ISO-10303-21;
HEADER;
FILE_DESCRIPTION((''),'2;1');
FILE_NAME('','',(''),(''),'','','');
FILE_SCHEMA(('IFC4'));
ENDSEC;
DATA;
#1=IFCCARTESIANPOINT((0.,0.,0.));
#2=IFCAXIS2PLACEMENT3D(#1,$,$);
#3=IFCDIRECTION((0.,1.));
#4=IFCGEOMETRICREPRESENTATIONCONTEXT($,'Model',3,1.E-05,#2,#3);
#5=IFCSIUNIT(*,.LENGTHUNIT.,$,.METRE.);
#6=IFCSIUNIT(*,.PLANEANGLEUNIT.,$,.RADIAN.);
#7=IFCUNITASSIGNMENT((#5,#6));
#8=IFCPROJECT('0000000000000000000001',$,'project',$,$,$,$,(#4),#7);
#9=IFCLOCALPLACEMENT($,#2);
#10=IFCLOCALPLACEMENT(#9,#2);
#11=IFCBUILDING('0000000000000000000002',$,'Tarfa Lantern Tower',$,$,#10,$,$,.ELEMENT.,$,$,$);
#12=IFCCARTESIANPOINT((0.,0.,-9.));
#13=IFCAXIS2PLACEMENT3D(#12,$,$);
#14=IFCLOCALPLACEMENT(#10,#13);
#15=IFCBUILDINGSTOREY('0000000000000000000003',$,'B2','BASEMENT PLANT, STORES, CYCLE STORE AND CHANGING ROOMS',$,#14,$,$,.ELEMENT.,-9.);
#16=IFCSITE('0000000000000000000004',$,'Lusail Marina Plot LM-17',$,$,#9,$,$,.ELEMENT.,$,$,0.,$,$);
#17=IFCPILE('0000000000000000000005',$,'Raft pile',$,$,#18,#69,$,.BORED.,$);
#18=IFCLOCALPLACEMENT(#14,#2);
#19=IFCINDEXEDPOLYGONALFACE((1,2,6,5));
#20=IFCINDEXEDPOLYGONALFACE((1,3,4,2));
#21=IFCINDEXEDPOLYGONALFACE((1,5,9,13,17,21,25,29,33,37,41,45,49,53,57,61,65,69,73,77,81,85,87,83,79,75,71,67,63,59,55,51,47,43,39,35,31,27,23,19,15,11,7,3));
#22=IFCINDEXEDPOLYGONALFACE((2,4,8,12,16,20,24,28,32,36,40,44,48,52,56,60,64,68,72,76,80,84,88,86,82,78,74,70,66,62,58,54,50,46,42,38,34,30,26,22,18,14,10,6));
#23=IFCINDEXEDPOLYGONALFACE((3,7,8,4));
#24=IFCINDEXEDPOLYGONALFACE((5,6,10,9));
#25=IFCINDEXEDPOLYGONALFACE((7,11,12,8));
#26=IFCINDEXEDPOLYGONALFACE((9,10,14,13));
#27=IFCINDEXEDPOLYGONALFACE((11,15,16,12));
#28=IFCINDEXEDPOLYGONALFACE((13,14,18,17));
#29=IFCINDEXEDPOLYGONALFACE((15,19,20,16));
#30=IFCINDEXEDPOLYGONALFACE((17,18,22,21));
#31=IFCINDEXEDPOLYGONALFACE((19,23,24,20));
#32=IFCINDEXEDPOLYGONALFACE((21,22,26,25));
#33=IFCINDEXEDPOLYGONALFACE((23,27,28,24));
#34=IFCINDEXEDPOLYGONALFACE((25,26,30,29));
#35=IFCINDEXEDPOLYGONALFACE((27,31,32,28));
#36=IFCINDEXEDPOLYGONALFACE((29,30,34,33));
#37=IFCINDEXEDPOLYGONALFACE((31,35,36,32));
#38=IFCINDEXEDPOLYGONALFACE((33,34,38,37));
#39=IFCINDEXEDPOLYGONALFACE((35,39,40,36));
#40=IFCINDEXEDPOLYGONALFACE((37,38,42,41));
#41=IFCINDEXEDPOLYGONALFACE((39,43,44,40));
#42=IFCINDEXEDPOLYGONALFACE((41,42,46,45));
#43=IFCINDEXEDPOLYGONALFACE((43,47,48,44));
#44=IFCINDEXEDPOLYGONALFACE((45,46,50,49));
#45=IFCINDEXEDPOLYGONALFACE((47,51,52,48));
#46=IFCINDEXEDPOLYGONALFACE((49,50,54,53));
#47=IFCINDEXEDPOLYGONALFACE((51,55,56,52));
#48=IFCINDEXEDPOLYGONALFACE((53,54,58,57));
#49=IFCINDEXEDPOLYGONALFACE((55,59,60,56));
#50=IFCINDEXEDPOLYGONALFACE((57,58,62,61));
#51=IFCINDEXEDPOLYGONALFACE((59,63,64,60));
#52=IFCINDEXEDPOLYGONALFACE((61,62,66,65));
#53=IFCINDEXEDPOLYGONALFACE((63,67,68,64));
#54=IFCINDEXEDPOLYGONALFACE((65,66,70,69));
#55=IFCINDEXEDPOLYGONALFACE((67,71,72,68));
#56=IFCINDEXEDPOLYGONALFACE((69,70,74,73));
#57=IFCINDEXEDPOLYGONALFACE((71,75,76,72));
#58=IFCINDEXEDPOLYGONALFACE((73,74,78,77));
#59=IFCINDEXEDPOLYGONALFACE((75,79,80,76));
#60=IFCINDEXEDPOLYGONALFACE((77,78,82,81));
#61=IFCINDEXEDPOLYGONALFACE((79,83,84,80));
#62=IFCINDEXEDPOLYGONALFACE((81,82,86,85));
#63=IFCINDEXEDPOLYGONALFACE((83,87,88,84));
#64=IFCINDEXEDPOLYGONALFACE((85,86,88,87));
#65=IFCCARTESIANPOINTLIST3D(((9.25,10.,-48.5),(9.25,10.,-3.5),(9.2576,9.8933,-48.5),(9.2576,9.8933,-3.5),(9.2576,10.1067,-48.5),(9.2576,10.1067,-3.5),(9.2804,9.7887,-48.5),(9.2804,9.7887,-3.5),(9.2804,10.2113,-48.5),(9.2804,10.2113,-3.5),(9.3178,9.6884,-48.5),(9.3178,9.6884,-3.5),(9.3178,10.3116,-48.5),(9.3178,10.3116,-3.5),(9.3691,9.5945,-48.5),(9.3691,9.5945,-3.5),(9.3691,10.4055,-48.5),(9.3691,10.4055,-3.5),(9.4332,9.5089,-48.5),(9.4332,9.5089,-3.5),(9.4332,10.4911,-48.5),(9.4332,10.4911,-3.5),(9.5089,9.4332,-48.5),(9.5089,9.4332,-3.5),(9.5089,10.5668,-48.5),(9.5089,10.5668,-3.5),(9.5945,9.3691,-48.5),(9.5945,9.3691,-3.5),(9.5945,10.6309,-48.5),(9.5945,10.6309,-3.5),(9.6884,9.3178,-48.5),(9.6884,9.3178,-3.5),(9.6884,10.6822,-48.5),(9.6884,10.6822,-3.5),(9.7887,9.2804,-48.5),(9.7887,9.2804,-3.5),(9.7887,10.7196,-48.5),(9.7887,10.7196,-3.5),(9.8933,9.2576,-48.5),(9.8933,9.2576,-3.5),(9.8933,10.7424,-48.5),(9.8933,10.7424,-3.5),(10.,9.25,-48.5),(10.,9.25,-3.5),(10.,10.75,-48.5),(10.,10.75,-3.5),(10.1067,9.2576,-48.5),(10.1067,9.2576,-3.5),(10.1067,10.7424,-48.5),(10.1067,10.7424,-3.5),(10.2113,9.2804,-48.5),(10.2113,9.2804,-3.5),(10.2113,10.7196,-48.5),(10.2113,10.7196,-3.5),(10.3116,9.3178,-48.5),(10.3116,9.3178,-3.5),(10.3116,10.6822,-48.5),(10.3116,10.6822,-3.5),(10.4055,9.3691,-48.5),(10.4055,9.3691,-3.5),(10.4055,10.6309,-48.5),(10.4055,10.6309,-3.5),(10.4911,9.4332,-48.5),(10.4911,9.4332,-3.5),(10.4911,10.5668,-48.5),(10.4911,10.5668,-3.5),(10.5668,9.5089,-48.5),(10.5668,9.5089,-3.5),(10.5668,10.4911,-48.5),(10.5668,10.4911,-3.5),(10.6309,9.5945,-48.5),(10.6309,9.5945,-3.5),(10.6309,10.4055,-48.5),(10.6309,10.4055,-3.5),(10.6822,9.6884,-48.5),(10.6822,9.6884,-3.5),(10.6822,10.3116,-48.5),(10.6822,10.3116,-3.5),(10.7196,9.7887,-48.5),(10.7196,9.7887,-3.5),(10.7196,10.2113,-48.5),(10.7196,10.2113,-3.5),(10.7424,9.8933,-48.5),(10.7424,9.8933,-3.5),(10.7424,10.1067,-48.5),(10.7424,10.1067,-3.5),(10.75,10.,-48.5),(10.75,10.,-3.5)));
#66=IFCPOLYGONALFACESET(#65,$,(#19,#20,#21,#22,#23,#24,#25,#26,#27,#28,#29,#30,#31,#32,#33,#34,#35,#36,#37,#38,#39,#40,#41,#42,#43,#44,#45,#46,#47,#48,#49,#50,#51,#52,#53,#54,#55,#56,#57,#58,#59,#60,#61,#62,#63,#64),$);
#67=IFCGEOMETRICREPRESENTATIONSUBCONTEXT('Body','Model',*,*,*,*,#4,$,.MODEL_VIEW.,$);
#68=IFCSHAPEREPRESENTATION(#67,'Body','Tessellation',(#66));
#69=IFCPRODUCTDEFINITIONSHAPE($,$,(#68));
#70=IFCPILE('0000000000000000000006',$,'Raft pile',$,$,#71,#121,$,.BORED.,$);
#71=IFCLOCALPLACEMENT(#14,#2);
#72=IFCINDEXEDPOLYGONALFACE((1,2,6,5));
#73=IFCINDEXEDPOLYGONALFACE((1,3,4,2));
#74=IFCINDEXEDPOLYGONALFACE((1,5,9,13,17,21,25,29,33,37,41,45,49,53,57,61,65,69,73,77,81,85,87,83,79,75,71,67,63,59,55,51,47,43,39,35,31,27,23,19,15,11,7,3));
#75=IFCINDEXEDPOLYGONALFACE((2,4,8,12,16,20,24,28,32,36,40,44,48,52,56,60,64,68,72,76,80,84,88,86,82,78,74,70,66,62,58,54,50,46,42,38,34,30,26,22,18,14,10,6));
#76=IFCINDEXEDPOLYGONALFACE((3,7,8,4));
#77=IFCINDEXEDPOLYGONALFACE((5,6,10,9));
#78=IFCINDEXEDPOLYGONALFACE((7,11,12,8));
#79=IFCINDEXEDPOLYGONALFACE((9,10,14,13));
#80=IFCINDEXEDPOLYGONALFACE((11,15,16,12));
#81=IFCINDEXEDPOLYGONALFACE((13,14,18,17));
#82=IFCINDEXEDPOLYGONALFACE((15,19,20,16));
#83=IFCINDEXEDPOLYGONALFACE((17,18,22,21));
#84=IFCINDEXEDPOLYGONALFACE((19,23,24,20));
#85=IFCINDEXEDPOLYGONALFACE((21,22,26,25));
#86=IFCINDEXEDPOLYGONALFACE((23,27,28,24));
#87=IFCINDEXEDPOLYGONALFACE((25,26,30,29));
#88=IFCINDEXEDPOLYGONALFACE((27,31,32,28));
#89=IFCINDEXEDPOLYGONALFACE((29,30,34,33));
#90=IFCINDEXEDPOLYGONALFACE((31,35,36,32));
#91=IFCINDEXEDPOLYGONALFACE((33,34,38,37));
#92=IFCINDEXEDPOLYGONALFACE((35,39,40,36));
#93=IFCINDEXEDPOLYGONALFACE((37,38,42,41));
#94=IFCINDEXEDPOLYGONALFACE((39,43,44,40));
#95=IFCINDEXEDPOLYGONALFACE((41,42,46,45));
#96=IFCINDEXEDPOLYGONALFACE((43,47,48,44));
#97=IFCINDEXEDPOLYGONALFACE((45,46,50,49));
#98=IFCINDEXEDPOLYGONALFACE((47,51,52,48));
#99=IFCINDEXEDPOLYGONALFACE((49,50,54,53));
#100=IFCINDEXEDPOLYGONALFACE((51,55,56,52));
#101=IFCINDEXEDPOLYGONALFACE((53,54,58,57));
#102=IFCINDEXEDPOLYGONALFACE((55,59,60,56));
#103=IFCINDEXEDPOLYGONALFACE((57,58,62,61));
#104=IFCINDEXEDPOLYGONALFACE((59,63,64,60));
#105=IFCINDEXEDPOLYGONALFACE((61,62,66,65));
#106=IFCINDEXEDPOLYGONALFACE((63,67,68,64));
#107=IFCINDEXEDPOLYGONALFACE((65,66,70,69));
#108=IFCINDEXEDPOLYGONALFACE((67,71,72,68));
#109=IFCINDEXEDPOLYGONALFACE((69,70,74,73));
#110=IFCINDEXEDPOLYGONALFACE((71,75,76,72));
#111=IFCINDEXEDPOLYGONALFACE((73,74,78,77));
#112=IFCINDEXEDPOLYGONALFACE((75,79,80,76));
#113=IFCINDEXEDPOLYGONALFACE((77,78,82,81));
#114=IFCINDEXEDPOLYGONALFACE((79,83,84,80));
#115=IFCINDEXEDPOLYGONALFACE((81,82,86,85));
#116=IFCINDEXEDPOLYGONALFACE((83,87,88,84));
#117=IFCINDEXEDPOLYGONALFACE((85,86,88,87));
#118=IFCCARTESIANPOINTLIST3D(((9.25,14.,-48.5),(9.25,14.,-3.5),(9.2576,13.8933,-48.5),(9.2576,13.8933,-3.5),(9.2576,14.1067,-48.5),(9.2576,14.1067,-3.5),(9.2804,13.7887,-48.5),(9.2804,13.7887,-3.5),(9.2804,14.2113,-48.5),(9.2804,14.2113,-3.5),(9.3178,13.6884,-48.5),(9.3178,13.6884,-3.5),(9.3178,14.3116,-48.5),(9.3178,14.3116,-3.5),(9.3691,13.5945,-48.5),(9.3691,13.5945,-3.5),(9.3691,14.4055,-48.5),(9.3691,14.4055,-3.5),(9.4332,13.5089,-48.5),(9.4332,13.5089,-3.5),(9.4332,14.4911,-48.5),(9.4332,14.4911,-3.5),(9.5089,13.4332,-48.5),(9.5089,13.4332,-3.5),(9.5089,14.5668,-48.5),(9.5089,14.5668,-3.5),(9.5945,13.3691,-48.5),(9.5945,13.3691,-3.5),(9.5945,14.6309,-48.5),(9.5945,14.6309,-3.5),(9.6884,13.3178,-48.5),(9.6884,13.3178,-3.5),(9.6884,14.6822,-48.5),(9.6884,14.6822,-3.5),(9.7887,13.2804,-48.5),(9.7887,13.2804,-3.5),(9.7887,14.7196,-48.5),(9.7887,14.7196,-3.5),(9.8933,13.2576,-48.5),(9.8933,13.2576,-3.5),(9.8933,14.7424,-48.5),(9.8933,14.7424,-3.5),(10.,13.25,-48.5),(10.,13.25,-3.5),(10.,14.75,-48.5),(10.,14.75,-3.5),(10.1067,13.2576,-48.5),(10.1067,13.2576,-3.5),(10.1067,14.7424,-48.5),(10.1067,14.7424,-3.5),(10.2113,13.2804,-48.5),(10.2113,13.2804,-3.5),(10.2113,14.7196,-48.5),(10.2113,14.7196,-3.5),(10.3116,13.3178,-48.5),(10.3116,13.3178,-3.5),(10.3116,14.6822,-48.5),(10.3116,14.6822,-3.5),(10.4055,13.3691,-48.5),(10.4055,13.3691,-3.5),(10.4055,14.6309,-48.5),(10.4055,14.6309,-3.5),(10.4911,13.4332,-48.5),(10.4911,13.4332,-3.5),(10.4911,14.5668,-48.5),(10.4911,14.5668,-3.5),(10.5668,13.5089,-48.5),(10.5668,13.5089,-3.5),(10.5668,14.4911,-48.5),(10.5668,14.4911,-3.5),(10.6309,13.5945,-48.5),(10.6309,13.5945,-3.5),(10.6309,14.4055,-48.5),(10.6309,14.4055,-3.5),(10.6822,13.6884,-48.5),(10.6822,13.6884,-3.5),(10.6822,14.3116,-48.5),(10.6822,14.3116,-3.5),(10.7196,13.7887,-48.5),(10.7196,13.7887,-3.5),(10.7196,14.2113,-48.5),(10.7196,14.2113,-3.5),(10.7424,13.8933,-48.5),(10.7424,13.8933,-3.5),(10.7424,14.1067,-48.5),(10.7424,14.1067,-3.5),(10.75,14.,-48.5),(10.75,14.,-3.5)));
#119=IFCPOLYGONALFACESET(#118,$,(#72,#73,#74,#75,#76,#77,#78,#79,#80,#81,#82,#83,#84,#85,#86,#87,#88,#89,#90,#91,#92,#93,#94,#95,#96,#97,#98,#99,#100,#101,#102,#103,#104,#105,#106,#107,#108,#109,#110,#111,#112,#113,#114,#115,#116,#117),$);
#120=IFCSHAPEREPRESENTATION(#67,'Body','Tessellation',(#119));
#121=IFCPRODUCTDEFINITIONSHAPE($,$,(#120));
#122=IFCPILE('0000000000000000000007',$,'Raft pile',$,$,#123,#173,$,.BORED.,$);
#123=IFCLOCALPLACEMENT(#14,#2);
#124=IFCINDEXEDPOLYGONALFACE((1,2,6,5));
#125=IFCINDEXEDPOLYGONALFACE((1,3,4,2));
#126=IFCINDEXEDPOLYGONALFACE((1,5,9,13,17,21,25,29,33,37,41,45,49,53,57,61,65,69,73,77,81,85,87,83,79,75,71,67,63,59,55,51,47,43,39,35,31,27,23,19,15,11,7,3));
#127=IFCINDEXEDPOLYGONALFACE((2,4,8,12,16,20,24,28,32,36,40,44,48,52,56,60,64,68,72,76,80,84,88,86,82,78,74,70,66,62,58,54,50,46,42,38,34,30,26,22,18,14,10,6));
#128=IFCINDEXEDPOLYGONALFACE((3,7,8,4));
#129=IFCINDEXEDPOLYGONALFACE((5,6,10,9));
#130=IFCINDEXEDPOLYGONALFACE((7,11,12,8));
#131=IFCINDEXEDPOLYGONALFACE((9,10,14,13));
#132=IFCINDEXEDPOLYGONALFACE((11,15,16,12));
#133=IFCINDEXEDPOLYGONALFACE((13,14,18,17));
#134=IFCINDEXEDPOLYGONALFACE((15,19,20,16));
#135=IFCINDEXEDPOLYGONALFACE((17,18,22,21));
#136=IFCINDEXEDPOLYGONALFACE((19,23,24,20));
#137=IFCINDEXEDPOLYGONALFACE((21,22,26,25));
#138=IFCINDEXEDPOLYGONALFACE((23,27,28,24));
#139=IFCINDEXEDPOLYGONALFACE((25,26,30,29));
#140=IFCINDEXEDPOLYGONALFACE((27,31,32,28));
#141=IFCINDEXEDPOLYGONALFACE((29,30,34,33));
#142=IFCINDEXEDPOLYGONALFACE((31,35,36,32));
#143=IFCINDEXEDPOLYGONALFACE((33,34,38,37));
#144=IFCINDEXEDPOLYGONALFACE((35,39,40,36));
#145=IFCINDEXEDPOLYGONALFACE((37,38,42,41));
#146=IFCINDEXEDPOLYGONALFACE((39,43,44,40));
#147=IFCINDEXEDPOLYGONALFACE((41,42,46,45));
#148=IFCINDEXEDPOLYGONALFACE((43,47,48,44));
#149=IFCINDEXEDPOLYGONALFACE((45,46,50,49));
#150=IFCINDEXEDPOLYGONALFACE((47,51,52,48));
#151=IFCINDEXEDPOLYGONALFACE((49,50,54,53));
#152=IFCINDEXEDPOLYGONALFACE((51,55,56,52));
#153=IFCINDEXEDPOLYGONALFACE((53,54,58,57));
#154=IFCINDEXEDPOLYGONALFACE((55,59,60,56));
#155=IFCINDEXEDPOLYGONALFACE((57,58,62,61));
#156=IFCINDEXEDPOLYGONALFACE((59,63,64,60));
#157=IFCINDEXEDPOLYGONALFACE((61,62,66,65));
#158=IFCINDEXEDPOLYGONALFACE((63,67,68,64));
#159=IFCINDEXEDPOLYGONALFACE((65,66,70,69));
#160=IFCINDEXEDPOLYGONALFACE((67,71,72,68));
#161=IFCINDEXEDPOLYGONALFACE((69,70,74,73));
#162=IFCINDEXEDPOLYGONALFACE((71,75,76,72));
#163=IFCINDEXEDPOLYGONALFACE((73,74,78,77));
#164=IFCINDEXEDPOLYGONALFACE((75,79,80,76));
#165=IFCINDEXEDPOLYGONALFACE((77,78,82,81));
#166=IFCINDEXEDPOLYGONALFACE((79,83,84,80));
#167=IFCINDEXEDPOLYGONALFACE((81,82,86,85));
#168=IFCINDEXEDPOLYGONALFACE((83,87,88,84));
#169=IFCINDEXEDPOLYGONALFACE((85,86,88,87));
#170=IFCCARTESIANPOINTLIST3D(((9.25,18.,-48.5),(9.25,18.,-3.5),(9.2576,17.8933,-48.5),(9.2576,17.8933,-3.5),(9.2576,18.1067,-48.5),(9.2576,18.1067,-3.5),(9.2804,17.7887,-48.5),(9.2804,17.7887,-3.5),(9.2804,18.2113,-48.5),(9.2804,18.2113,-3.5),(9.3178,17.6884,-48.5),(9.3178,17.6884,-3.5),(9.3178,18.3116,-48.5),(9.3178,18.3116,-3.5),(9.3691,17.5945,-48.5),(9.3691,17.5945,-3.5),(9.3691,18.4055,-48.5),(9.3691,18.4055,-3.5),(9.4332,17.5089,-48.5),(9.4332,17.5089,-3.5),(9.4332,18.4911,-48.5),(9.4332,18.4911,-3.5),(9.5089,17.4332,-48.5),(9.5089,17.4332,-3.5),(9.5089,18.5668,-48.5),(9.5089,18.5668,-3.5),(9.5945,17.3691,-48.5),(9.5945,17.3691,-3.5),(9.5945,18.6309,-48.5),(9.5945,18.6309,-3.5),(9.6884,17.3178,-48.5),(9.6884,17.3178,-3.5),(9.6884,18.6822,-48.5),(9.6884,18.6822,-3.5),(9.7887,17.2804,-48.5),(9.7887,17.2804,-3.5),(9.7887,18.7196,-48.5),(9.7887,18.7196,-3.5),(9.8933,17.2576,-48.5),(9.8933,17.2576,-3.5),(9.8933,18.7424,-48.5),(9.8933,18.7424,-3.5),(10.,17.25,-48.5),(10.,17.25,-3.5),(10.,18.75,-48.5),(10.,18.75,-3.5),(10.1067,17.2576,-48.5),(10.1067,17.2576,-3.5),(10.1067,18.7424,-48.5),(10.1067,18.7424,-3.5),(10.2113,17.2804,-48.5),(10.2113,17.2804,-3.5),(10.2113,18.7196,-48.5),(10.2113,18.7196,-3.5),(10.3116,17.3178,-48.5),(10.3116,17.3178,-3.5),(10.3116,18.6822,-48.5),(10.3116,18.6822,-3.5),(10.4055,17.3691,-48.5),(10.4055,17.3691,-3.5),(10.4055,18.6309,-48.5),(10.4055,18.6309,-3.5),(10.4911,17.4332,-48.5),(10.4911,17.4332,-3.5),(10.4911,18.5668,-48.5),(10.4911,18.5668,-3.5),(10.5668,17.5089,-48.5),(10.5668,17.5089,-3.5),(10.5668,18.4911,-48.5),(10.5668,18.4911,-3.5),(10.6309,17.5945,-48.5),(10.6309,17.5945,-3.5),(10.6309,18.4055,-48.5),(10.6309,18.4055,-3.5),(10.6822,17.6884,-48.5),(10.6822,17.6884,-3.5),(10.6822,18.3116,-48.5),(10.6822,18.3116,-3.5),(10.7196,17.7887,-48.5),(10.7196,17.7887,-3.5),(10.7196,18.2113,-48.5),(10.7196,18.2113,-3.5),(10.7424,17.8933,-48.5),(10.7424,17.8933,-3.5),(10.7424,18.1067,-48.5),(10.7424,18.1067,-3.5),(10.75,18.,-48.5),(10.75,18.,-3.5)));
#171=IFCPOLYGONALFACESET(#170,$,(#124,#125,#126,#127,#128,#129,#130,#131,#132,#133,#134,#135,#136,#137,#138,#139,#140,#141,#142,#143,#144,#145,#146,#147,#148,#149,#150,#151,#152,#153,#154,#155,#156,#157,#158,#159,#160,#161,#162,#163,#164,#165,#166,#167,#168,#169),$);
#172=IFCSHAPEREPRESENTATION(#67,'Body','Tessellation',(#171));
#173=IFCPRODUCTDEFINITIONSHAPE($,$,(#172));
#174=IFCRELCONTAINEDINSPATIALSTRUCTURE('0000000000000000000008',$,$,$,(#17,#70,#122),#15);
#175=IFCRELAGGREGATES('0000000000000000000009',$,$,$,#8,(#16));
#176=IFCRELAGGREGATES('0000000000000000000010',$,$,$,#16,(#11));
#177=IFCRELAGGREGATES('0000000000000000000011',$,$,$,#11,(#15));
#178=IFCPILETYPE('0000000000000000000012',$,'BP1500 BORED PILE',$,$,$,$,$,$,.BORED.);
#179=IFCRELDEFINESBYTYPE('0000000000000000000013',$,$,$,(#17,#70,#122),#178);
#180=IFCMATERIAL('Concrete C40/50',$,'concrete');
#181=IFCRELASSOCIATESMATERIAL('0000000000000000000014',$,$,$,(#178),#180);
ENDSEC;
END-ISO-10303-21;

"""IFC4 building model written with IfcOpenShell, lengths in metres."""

from ifc_helpers import new_model, si_unit, direction, frame, origin, origin_2d, place, context, subcontext, project, spatial, circle, extrude, material, material_profile, profile_set, type_object, element, save


model = new_model("IFC4")

# Units and contexts
model_context = context("Model", 3, precision=1e-05, world=origin(), true_north=direction((0.0, 1.0)))
body_context = subcontext(model_context, "Body", "Model", "MODEL_VIEW")
ifc_project = project(units=[si_unit("LENGTHUNIT", "METRE"), si_unit("PLANEANGLEUNIT", "RADIAN")], contexts=[model_context])

# Site, building, storey
site_placement = place(None, origin())
site = spatial("IfcSite", under=ifc_project, at=site_placement, Name="Lusail Marina Plot LM-17", CompositionType="ELEMENT", RefElevation=0.0)
building_placement = place(site_placement, origin())
building = spatial("IfcBuilding", under=site, at=building_placement, Name="Tarfa Lantern Tower", CompositionType="ELEMENT")
storey_placement = place(building_placement, frame((0.0, 0.0, -9.0)))
storey = spatial("IfcBuildingStorey", under=building, at=storey_placement, Name="B2", Description="BASEMENT PLANT, STORES, CYCLE STORE AND CHANGING ROOMS", CompositionType="ELEMENT", Elevation=-9.0)

# Piles
ifc_material_1 = material(Name="Concrete C40/50", Category="concrete")
ifc_material_profile = material_profile(ifc_material_1, circle(Radius=0.75, at=origin_2d()), Name="BORED PILE D1500")
ifc_profile_set = profile_set([ifc_material_profile], Name="Concrete C40/50")
pile_type = type_object("IfcPileType", Name="BP1500 BORED PILE", PredefinedType="BORED", material=ifc_profile_set)
for number, where, z_axis, x_axis, name in (
    (1, (10.0, 10.0, -3.5), (0.0, 0.0, -1.0), (1.0, 0.0, 0.0), "Raft pile"),
    (2, (10.0, 14.0, -3.5), (0.0, 0.0, -1.0), (1.0, 0.0, 0.0), "Raft pile"),
    (3, (10.0, 18.0, -3.5), (0.0, 0.0, -1.0), (1.0, 0.0, 0.0), "Raft pile"),
):
    element("IfcPile", number, at=place(storey_placement, frame(where, z_axis=z_axis, x_axis=x_axis)), inside=storey, type_object=pile_type, Name=name, PredefinedType="BORED", context=body_context, shape_type="SweptSolid", body=[
        extrude(circle(Radius=0.75, at=origin_2d()), origin(), (0.0, 0.0, 1.0), 45.0),
    ])

save(model, "model.ifc")
